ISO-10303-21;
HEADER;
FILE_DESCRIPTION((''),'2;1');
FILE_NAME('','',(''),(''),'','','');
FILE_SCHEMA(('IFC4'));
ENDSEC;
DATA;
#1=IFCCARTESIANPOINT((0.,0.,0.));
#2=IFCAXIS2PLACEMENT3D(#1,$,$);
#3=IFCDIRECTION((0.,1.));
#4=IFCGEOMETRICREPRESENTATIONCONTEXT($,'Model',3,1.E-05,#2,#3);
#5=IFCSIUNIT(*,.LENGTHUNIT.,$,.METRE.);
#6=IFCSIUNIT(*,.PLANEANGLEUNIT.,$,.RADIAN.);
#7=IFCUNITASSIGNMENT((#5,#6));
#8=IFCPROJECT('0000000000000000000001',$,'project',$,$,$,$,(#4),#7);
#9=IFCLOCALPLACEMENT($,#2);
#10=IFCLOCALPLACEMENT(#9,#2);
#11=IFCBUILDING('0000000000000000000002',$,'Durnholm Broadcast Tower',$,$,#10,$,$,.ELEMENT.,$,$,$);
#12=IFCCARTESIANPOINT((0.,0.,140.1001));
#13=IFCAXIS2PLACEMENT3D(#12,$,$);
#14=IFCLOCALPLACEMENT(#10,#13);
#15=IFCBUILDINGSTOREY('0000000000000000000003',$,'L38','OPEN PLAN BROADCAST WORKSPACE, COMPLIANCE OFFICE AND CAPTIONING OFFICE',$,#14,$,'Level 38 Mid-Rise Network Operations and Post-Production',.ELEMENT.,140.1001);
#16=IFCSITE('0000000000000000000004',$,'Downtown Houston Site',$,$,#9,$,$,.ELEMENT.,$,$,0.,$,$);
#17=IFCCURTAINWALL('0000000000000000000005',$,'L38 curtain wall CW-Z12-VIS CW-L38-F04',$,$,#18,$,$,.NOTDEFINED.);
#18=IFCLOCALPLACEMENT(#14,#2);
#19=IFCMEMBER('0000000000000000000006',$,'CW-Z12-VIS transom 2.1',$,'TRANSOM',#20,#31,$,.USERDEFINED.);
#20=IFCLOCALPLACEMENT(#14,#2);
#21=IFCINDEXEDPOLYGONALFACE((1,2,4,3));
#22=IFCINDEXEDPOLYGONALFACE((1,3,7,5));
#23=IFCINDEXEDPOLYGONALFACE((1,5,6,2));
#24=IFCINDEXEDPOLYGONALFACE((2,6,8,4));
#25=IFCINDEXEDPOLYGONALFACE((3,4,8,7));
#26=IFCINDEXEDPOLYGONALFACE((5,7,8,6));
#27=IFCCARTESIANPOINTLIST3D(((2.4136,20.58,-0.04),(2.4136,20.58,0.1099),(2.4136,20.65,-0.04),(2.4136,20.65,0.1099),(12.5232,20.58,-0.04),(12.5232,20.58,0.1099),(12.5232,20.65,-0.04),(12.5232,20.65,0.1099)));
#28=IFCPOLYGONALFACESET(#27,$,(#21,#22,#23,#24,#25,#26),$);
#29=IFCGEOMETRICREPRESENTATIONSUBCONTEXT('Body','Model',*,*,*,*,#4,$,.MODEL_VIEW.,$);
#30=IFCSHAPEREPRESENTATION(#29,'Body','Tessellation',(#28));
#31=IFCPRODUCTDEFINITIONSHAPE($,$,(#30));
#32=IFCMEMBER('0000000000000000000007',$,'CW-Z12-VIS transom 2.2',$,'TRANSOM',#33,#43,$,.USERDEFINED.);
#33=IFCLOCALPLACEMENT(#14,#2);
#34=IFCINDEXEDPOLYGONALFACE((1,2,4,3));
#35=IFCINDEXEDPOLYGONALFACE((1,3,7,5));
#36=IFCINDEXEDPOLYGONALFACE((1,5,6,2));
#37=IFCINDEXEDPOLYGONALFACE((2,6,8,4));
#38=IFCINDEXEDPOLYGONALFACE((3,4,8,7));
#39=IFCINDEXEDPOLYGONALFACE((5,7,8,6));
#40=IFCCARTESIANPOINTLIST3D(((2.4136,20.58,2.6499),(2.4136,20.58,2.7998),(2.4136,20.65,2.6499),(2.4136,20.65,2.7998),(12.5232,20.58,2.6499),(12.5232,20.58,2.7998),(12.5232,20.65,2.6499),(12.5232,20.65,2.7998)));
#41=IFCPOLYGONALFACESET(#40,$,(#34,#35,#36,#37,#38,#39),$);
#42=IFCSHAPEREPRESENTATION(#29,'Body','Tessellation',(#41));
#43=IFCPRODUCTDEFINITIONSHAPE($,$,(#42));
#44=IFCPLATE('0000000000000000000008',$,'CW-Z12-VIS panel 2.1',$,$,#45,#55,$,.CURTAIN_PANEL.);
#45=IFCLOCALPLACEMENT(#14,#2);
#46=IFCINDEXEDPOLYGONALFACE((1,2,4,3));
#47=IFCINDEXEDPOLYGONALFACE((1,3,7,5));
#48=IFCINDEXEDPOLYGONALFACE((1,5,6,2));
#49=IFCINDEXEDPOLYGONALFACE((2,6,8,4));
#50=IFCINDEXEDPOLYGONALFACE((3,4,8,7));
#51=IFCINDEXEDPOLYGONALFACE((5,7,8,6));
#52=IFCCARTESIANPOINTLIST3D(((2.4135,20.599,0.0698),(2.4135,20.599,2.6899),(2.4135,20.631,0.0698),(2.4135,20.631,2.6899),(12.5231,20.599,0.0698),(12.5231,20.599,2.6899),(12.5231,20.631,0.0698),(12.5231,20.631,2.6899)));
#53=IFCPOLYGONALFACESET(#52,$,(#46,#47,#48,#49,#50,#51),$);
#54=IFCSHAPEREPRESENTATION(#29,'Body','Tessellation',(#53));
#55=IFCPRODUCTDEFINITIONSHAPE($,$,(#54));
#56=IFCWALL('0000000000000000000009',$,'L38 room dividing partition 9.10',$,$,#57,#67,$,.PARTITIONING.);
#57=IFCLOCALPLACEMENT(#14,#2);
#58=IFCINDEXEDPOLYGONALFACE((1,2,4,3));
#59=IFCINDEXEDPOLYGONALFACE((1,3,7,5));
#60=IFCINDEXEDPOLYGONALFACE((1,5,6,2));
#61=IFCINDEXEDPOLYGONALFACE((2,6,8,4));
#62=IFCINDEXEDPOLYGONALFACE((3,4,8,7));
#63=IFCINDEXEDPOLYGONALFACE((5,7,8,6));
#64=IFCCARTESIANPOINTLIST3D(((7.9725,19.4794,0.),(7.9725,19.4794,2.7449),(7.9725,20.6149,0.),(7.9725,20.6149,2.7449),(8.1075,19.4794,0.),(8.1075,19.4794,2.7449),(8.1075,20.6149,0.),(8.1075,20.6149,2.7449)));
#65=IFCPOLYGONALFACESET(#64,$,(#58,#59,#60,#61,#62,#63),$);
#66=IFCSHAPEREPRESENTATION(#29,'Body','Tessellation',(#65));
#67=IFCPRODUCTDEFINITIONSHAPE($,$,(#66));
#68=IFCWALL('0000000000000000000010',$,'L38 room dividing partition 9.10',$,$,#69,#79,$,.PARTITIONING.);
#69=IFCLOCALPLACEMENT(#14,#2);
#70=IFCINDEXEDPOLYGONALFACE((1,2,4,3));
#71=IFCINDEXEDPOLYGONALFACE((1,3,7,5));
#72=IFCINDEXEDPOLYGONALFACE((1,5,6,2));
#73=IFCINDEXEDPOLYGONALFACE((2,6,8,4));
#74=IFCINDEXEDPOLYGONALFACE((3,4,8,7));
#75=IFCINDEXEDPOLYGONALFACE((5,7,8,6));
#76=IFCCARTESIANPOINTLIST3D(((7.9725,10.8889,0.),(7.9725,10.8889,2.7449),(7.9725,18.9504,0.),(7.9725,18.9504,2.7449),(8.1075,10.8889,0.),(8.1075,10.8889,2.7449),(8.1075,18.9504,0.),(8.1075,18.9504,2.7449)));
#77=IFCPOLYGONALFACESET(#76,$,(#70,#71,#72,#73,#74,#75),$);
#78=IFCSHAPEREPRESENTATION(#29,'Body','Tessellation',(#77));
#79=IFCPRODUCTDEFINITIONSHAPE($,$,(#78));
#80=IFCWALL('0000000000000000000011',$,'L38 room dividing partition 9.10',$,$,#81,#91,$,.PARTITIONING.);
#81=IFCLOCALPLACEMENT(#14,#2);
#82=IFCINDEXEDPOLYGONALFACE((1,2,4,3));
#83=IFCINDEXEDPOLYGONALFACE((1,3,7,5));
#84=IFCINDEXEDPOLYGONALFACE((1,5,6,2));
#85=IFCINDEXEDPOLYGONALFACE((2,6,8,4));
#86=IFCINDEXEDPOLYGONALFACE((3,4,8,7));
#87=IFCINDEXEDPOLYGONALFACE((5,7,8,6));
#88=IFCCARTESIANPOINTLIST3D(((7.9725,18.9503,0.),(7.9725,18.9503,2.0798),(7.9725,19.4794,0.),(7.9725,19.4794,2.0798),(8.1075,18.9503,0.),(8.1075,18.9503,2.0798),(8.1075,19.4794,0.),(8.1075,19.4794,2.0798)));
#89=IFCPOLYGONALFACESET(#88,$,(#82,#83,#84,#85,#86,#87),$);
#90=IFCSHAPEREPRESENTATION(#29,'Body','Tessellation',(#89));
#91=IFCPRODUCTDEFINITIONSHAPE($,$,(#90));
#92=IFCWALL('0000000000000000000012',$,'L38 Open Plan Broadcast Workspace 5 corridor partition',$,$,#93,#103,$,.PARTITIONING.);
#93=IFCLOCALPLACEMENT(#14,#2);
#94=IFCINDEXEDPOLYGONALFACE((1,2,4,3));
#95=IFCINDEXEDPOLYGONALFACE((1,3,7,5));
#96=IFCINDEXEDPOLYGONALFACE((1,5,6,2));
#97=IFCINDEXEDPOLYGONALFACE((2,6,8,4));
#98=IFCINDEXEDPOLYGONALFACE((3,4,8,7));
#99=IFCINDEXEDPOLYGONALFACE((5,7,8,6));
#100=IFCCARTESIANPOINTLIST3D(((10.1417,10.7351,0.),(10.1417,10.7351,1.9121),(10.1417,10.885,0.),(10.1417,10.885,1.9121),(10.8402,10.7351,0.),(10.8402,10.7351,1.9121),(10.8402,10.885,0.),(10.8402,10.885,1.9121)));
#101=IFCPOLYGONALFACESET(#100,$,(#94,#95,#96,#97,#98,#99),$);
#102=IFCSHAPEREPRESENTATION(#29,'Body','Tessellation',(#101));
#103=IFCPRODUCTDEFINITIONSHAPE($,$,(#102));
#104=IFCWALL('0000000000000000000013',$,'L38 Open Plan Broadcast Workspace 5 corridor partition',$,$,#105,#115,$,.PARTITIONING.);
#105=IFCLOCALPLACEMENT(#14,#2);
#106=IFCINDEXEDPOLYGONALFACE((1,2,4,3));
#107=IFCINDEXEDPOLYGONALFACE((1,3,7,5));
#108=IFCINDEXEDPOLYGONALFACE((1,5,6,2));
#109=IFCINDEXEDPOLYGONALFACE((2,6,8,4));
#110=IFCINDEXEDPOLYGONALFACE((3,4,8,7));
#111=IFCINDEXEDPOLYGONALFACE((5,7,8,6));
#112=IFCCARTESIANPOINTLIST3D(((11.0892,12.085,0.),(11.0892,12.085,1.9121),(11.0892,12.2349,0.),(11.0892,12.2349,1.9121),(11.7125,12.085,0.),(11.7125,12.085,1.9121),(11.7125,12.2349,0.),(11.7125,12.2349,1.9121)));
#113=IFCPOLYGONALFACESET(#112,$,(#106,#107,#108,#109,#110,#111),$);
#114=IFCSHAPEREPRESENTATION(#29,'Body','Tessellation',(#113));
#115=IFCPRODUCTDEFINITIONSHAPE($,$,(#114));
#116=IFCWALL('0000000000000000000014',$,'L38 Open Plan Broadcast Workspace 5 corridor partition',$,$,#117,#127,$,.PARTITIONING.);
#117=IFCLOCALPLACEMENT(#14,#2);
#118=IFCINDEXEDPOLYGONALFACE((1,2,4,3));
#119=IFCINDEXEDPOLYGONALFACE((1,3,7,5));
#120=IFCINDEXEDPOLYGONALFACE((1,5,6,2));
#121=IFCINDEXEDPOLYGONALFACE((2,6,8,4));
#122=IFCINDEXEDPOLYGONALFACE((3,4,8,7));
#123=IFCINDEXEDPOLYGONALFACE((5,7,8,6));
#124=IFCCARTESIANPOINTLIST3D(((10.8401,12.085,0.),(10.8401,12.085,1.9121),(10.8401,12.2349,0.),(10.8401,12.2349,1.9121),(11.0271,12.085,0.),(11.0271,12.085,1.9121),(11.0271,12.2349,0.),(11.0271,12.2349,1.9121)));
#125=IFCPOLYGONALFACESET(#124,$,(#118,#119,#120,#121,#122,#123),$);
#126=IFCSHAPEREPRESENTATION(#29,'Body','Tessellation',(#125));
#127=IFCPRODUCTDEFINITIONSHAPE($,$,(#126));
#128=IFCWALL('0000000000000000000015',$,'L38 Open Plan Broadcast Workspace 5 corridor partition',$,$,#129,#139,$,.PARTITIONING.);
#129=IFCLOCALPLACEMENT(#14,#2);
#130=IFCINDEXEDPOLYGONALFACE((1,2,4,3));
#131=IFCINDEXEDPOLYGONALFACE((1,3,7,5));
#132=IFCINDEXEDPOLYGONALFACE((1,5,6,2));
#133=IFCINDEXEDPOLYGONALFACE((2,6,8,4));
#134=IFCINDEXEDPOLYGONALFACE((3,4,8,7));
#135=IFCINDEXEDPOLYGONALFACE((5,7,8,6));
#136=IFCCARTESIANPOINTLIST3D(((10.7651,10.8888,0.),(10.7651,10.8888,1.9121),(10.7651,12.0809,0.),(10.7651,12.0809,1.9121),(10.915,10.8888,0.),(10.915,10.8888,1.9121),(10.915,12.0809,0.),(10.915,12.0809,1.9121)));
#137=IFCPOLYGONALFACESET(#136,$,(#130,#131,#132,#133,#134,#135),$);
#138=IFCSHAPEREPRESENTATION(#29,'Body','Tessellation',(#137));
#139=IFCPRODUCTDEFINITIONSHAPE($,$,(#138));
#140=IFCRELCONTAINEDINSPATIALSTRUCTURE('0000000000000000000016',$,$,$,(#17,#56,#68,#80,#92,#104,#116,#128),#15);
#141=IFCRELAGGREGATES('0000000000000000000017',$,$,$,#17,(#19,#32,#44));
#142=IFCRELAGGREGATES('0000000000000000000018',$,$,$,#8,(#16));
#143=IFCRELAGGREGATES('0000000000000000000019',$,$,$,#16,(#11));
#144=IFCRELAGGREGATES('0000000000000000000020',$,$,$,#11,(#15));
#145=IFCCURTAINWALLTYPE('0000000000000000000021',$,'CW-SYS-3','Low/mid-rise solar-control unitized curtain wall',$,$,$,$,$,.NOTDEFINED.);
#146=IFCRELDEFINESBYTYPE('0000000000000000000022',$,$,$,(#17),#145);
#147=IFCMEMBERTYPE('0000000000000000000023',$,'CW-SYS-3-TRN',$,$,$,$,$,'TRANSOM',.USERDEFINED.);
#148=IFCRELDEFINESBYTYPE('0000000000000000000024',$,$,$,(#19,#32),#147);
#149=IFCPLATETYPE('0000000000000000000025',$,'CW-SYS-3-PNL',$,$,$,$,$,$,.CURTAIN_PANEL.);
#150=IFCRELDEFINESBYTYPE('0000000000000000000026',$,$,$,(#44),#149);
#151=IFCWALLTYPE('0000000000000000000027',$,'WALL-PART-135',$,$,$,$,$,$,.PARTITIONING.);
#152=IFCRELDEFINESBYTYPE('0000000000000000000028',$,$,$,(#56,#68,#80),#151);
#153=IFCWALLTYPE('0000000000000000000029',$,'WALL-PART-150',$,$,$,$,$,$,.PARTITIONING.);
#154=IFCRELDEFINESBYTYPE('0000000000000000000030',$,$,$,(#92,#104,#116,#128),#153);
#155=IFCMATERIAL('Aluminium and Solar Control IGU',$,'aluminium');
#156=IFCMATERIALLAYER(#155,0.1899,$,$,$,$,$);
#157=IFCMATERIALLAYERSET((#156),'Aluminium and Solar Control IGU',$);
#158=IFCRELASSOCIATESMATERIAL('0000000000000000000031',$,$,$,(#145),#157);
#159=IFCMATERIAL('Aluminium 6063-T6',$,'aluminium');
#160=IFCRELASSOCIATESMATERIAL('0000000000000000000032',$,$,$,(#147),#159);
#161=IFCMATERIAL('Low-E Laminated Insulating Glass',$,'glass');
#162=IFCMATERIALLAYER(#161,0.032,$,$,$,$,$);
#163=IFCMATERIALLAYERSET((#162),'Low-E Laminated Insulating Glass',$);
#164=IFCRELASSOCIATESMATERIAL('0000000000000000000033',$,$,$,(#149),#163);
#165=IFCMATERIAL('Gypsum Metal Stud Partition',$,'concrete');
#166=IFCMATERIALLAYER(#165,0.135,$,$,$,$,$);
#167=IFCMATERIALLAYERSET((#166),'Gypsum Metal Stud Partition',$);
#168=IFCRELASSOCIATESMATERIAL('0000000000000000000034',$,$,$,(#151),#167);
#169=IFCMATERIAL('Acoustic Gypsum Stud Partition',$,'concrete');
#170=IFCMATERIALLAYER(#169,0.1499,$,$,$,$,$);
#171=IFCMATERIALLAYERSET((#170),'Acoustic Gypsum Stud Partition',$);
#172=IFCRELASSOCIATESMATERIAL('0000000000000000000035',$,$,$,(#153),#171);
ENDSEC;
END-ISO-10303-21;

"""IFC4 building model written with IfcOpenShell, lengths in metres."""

from ifc_helpers import new_model, si_unit, direction, frame, frame_2d, origin, origin_2d, place, context, subcontext, project, spatial, rectangle, extrude, source, transform, mapped, material, layer, layer_set, material_profile, profile_set, type_object, type_shapes, element, aggregate, save


model = new_model("IFC4")

# Units and contexts
model_context = context("Model", 3, precision=1e-05, world=origin(), true_north=direction((0.0, 1.0)))
body_context = subcontext(model_context, "Body", "Model", "MODEL_VIEW")
ifc_project = project(units=[si_unit("LENGTHUNIT", "METRE"), si_unit("PLANEANGLEUNIT", "RADIAN")], contexts=[model_context])

# Site, building, storey
site_placement = place(None, origin())
site = spatial("IfcSite", under=ifc_project, at=site_placement, Name="Downtown Houston Site", CompositionType="ELEMENT", RefElevation=0.0)
building_placement = place(site_placement, origin())
building = spatial("IfcBuilding", under=site, at=building_placement, Name="Durnholm Broadcast Tower", CompositionType="ELEMENT")
storey_placement = place(building_placement, frame((0.0, 0.0, 140.1001)))
storey = spatial("IfcBuildingStorey", under=building, at=storey_placement, Name="L38", Description="OPEN PLAN BROADCAST WORKSPACE, COMPLIANCE OFFICE AND CAPTIONING OFFICE", LongName="Level 38 Mid-Rise Network Operations and Post-Production", CompositionType="ELEMENT", Elevation=140.1001)

# Shared definitions
ifc_material_1 = material(Name="Aluminium and Solar Control IGU", Category="aluminium")
ifc_material_2 = material(Name="Aluminium 6063-T6", Category="aluminium")

# Curtain wall
ifc_layer_1 = layer(ifc_material_1, 0.1899)
ifc_layer_set_1 = layer_set([ifc_layer_1], Name="Aluminium and Solar Control IGU")
curtain_wall_type_1 = type_object("IfcCurtainWallType", Name="CW-SYS-3", Description="Low/mid-rise solar-control unitized curtain wall", PredefinedType="NOTDEFINED", material=ifc_layer_set_1)
curtain_wall_1_placement = place(storey_placement, origin())
curtain_wall_1 = element("IfcCurtainWall", 1, at=curtain_wall_1_placement, inside=storey, type_object=curtain_wall_type_1, Name="L38 curtain wall CW-Z12-VIS CW-L38-F04", PredefinedType="NOTDEFINED")

# Members
ifc_material_profile_1 = material_profile(ifc_material_2, rectangle(XDim=0.0701, YDim=0.1499, at=origin_2d()), Name="CWT70X150")
ifc_profile_set_1 = profile_set([ifc_material_profile_1], Name="Aluminium 6063-T6")
member_type_1 = type_object("IfcMemberType", Name="CW-SYS-3-TRN", ElementType="TRANSOM", PredefinedType="USERDEFINED", material=ifc_profile_set_1)
shared_shape_1 = source(origin(), body_context, "Body", "SweptSolid", [
    extrude(rectangle(XDim=0.0701, YDim=0.1499, at=origin_2d()), origin(), (0.0, 0.0, 1.0), 10.1096),
])
type_shapes(member_type_1, [shared_shape_1])
member_1_placement = place(storey_placement, frame((2.4136, 20.615, 0.0349), z_axis=(1.0, 0.0, 0.0), x_axis=(0.0, 1.0, 0.0)))
member_1 = element("IfcMember", 2, at=member_1_placement, type_object=member_type_1, Name="CW-Z12-VIS transom 2.1", ObjectType="TRANSOM", PredefinedType="USERDEFINED", context=body_context, shape_type="MappedRepresentation", body=[
    mapped(shared_shape_1, transform((0.0, 0.0, 0.0), x_axis=(1.0, 0.0, 0.0), y_axis=(0.0, 1.0, 0.0), z_axis=(0.0, 0.0, 1.0), scale=1.0)),
])
member_2_placement = place(storey_placement, frame((2.4136, 20.615, 2.7249), z_axis=(1.0, 0.0, 0.0), x_axis=(0.0, 1.0, 0.0)))
member_2 = element("IfcMember", 3, at=member_2_placement, type_object=member_type_1, Name="CW-Z12-VIS transom 2.2", ObjectType="TRANSOM", PredefinedType="USERDEFINED", context=body_context, shape_type="MappedRepresentation", body=[
    mapped(shared_shape_1, transform((0.0, 0.0, 0.0), x_axis=(1.0, 0.0, 0.0), y_axis=(0.0, 1.0, 0.0), z_axis=(0.0, 0.0, 1.0), scale=1.0)),
])

# Plate
ifc_material_3 = material(Name="Low-E Laminated Insulating Glass", Category="glass")
ifc_layer_2 = layer(ifc_material_3, 0.032)
ifc_layer_set_2 = layer_set([ifc_layer_2], Name="Low-E Laminated Insulating Glass")
plate_type = type_object("IfcPlateType", Name="CW-SYS-3-PNL", PredefinedType="CURTAIN_PANEL", material=ifc_layer_set_2)
shared_shape_2 = source(origin(), body_context, "Body", "SweptSolid", [
    extrude(rectangle(XDim=10.1096, YDim=0.032, at=origin_2d()), origin(), (0.0, 0.0, 1.0), 2.6201),
])
type_shapes(plate_type, [shared_shape_2])
plate_placement = place(storey_placement, frame((7.4683, 20.615, 0.0698), z_axis=(0.0, 0.0, 1.0), x_axis=(1.0, 0.0, 0.0)))
plate = element("IfcPlate", 4, at=plate_placement, type_object=plate_type, Name="CW-Z12-VIS panel 2.1", PredefinedType="CURTAIN_PANEL", context=body_context, shape_type="MappedRepresentation", body=[
    mapped(shared_shape_2, transform((0.0, 0.0, 0.0), x_axis=(1.0, 0.0, 0.0), y_axis=(0.0, 1.0, 0.0), z_axis=(0.0, 0.0, 1.0), scale=1.0)),
])
aggregate(curtain_wall_1, [member_1, member_2, plate])

# Walls
ifc_material_4 = material(Name="Gypsum Metal Stud Partition", Category="concrete")
ifc_layer_3 = layer(ifc_material_4, 0.135)
ifc_layer_set_3 = layer_set([ifc_layer_3], Name="Gypsum Metal Stud Partition")
wall_type_1 = type_object("IfcWallType", Name="WALL-PART-135", PredefinedType="PARTITIONING", material=ifc_layer_set_3)
wall_1_placement = place(storey_placement, frame((8.04, 20.615, 0.0), z_axis=(0.0, 0.0, 1.0), x_axis=(0.0, -1.0, 0.0)))
element("IfcWall", 5, at=wall_1_placement, inside=storey, type_object=wall_type_1, Name="L38 room dividing partition 9.10", PredefinedType="PARTITIONING", context=body_context, shape_type="SweptSolid", body=[
    extrude(rectangle(XDim=1.1355, YDim=0.135, at=frame_2d((0.5679, 0.0))), origin(), (0.0, 0.0, 1.0), 2.7449),
])
wall_2_placement = place(storey_placement, frame((8.04, 18.9504, 0.0), z_axis=(0.0, 0.0, 1.0), x_axis=(0.0, -1.0, 0.0)))
element("IfcWall", 6, at=wall_2_placement, inside=storey, type_object=wall_type_1, Name="L38 room dividing partition 9.10", PredefinedType="PARTITIONING", context=body_context, shape_type="SweptSolid", body=[
    extrude(rectangle(XDim=8.0615, YDim=0.135, at=frame_2d((4.0308, 0.0))), origin(), (0.0, 0.0, 1.0), 2.7449),
])
wall_3_placement = place(storey_placement, frame((8.04, 19.4795, 0.0), z_axis=(0.0, 0.0, 1.0), x_axis=(0.0, -1.0, 0.0)))
element("IfcWall", 7, at=wall_3_placement, inside=storey, type_object=wall_type_1, Name="L38 room dividing partition 9.10", PredefinedType="PARTITIONING", context=body_context, shape_type="SweptSolid", body=[
    extrude(rectangle(XDim=0.5291, YDim=0.135, at=frame_2d((0.2646, 0.0))), origin(), (0.0, 0.0, 1.0), 2.0798),
])
ifc_material_5 = material(Name="Acoustic Gypsum Stud Partition", Category="concrete")
ifc_layer_4 = layer(ifc_material_5, 0.1499)
ifc_layer_set_4 = layer_set([ifc_layer_4], Name="Acoustic Gypsum Stud Partition")
wall_type_2 = type_object("IfcWallType", Name="WALL-PART-150", PredefinedType="PARTITIONING", material=ifc_layer_set_4)
wall_4_placement = place(storey_placement, frame((10.8401, 10.8101, 0.0), z_axis=(0.0, 0.0, 1.0), x_axis=(-1.0, 0.0, 0.0)))
element("IfcWall", 8, at=wall_4_placement, inside=storey, type_object=wall_type_2, Name="L38 Open Plan Broadcast Workspace 5 corridor partition", PredefinedType="PARTITIONING", context=body_context, shape_type="SweptSolid", body=[
    extrude(rectangle(XDim=0.6985, YDim=0.1499, at=frame_2d((0.3491, 0.0))), origin(), (0.0, 0.0, 1.0), 1.9121),
])
wall_5_placement = place(storey_placement, frame((11.7124, 12.1599, 0.0), z_axis=(0.0, 0.0, 1.0), x_axis=(-1.0, 0.0, 0.0)))
element("IfcWall", 9, at=wall_5_placement, inside=storey, type_object=wall_type_2, Name="L38 Open Plan Broadcast Workspace 5 corridor partition", PredefinedType="PARTITIONING", context=body_context, shape_type="SweptSolid", body=[
    extrude(rectangle(XDim=0.6233, YDim=0.1499, at=frame_2d((0.3115, 0.0))), origin(), (0.0, 0.0, 1.0), 1.9121),
])
wall_6_placement = place(storey_placement, frame((11.0271, 12.1599, 0.0), z_axis=(0.0, 0.0, 1.0), x_axis=(-1.0, 0.0, 0.0)))
element("IfcWall", 10, at=wall_6_placement, inside=storey, type_object=wall_type_2, Name="L38 Open Plan Broadcast Workspace 5 corridor partition", PredefinedType="PARTITIONING", context=body_context, shape_type="SweptSolid", body=[
    extrude(rectangle(XDim=0.187, YDim=0.1499, at=frame_2d((0.0935, 0.0))), origin(), (0.0, 0.0, 1.0), 1.9121),
])
wall_7_placement = place(storey_placement, frame((10.8401, 12.0811, 0.0), z_axis=(0.0, 0.0, 1.0), x_axis=(0.0, -1.0, 0.0)))
element("IfcWall", 11, at=wall_7_placement, inside=storey, type_object=wall_type_2, Name="L38 Open Plan Broadcast Workspace 5 corridor partition", PredefinedType="PARTITIONING", context=body_context, shape_type="SweptSolid", body=[
    extrude(rectangle(XDim=1.1921, YDim=0.1499, at=frame_2d((0.5962, 0.0))), origin(), (0.0, 0.0, 1.0), 1.9121),
])

save(model, "model.ifc")
